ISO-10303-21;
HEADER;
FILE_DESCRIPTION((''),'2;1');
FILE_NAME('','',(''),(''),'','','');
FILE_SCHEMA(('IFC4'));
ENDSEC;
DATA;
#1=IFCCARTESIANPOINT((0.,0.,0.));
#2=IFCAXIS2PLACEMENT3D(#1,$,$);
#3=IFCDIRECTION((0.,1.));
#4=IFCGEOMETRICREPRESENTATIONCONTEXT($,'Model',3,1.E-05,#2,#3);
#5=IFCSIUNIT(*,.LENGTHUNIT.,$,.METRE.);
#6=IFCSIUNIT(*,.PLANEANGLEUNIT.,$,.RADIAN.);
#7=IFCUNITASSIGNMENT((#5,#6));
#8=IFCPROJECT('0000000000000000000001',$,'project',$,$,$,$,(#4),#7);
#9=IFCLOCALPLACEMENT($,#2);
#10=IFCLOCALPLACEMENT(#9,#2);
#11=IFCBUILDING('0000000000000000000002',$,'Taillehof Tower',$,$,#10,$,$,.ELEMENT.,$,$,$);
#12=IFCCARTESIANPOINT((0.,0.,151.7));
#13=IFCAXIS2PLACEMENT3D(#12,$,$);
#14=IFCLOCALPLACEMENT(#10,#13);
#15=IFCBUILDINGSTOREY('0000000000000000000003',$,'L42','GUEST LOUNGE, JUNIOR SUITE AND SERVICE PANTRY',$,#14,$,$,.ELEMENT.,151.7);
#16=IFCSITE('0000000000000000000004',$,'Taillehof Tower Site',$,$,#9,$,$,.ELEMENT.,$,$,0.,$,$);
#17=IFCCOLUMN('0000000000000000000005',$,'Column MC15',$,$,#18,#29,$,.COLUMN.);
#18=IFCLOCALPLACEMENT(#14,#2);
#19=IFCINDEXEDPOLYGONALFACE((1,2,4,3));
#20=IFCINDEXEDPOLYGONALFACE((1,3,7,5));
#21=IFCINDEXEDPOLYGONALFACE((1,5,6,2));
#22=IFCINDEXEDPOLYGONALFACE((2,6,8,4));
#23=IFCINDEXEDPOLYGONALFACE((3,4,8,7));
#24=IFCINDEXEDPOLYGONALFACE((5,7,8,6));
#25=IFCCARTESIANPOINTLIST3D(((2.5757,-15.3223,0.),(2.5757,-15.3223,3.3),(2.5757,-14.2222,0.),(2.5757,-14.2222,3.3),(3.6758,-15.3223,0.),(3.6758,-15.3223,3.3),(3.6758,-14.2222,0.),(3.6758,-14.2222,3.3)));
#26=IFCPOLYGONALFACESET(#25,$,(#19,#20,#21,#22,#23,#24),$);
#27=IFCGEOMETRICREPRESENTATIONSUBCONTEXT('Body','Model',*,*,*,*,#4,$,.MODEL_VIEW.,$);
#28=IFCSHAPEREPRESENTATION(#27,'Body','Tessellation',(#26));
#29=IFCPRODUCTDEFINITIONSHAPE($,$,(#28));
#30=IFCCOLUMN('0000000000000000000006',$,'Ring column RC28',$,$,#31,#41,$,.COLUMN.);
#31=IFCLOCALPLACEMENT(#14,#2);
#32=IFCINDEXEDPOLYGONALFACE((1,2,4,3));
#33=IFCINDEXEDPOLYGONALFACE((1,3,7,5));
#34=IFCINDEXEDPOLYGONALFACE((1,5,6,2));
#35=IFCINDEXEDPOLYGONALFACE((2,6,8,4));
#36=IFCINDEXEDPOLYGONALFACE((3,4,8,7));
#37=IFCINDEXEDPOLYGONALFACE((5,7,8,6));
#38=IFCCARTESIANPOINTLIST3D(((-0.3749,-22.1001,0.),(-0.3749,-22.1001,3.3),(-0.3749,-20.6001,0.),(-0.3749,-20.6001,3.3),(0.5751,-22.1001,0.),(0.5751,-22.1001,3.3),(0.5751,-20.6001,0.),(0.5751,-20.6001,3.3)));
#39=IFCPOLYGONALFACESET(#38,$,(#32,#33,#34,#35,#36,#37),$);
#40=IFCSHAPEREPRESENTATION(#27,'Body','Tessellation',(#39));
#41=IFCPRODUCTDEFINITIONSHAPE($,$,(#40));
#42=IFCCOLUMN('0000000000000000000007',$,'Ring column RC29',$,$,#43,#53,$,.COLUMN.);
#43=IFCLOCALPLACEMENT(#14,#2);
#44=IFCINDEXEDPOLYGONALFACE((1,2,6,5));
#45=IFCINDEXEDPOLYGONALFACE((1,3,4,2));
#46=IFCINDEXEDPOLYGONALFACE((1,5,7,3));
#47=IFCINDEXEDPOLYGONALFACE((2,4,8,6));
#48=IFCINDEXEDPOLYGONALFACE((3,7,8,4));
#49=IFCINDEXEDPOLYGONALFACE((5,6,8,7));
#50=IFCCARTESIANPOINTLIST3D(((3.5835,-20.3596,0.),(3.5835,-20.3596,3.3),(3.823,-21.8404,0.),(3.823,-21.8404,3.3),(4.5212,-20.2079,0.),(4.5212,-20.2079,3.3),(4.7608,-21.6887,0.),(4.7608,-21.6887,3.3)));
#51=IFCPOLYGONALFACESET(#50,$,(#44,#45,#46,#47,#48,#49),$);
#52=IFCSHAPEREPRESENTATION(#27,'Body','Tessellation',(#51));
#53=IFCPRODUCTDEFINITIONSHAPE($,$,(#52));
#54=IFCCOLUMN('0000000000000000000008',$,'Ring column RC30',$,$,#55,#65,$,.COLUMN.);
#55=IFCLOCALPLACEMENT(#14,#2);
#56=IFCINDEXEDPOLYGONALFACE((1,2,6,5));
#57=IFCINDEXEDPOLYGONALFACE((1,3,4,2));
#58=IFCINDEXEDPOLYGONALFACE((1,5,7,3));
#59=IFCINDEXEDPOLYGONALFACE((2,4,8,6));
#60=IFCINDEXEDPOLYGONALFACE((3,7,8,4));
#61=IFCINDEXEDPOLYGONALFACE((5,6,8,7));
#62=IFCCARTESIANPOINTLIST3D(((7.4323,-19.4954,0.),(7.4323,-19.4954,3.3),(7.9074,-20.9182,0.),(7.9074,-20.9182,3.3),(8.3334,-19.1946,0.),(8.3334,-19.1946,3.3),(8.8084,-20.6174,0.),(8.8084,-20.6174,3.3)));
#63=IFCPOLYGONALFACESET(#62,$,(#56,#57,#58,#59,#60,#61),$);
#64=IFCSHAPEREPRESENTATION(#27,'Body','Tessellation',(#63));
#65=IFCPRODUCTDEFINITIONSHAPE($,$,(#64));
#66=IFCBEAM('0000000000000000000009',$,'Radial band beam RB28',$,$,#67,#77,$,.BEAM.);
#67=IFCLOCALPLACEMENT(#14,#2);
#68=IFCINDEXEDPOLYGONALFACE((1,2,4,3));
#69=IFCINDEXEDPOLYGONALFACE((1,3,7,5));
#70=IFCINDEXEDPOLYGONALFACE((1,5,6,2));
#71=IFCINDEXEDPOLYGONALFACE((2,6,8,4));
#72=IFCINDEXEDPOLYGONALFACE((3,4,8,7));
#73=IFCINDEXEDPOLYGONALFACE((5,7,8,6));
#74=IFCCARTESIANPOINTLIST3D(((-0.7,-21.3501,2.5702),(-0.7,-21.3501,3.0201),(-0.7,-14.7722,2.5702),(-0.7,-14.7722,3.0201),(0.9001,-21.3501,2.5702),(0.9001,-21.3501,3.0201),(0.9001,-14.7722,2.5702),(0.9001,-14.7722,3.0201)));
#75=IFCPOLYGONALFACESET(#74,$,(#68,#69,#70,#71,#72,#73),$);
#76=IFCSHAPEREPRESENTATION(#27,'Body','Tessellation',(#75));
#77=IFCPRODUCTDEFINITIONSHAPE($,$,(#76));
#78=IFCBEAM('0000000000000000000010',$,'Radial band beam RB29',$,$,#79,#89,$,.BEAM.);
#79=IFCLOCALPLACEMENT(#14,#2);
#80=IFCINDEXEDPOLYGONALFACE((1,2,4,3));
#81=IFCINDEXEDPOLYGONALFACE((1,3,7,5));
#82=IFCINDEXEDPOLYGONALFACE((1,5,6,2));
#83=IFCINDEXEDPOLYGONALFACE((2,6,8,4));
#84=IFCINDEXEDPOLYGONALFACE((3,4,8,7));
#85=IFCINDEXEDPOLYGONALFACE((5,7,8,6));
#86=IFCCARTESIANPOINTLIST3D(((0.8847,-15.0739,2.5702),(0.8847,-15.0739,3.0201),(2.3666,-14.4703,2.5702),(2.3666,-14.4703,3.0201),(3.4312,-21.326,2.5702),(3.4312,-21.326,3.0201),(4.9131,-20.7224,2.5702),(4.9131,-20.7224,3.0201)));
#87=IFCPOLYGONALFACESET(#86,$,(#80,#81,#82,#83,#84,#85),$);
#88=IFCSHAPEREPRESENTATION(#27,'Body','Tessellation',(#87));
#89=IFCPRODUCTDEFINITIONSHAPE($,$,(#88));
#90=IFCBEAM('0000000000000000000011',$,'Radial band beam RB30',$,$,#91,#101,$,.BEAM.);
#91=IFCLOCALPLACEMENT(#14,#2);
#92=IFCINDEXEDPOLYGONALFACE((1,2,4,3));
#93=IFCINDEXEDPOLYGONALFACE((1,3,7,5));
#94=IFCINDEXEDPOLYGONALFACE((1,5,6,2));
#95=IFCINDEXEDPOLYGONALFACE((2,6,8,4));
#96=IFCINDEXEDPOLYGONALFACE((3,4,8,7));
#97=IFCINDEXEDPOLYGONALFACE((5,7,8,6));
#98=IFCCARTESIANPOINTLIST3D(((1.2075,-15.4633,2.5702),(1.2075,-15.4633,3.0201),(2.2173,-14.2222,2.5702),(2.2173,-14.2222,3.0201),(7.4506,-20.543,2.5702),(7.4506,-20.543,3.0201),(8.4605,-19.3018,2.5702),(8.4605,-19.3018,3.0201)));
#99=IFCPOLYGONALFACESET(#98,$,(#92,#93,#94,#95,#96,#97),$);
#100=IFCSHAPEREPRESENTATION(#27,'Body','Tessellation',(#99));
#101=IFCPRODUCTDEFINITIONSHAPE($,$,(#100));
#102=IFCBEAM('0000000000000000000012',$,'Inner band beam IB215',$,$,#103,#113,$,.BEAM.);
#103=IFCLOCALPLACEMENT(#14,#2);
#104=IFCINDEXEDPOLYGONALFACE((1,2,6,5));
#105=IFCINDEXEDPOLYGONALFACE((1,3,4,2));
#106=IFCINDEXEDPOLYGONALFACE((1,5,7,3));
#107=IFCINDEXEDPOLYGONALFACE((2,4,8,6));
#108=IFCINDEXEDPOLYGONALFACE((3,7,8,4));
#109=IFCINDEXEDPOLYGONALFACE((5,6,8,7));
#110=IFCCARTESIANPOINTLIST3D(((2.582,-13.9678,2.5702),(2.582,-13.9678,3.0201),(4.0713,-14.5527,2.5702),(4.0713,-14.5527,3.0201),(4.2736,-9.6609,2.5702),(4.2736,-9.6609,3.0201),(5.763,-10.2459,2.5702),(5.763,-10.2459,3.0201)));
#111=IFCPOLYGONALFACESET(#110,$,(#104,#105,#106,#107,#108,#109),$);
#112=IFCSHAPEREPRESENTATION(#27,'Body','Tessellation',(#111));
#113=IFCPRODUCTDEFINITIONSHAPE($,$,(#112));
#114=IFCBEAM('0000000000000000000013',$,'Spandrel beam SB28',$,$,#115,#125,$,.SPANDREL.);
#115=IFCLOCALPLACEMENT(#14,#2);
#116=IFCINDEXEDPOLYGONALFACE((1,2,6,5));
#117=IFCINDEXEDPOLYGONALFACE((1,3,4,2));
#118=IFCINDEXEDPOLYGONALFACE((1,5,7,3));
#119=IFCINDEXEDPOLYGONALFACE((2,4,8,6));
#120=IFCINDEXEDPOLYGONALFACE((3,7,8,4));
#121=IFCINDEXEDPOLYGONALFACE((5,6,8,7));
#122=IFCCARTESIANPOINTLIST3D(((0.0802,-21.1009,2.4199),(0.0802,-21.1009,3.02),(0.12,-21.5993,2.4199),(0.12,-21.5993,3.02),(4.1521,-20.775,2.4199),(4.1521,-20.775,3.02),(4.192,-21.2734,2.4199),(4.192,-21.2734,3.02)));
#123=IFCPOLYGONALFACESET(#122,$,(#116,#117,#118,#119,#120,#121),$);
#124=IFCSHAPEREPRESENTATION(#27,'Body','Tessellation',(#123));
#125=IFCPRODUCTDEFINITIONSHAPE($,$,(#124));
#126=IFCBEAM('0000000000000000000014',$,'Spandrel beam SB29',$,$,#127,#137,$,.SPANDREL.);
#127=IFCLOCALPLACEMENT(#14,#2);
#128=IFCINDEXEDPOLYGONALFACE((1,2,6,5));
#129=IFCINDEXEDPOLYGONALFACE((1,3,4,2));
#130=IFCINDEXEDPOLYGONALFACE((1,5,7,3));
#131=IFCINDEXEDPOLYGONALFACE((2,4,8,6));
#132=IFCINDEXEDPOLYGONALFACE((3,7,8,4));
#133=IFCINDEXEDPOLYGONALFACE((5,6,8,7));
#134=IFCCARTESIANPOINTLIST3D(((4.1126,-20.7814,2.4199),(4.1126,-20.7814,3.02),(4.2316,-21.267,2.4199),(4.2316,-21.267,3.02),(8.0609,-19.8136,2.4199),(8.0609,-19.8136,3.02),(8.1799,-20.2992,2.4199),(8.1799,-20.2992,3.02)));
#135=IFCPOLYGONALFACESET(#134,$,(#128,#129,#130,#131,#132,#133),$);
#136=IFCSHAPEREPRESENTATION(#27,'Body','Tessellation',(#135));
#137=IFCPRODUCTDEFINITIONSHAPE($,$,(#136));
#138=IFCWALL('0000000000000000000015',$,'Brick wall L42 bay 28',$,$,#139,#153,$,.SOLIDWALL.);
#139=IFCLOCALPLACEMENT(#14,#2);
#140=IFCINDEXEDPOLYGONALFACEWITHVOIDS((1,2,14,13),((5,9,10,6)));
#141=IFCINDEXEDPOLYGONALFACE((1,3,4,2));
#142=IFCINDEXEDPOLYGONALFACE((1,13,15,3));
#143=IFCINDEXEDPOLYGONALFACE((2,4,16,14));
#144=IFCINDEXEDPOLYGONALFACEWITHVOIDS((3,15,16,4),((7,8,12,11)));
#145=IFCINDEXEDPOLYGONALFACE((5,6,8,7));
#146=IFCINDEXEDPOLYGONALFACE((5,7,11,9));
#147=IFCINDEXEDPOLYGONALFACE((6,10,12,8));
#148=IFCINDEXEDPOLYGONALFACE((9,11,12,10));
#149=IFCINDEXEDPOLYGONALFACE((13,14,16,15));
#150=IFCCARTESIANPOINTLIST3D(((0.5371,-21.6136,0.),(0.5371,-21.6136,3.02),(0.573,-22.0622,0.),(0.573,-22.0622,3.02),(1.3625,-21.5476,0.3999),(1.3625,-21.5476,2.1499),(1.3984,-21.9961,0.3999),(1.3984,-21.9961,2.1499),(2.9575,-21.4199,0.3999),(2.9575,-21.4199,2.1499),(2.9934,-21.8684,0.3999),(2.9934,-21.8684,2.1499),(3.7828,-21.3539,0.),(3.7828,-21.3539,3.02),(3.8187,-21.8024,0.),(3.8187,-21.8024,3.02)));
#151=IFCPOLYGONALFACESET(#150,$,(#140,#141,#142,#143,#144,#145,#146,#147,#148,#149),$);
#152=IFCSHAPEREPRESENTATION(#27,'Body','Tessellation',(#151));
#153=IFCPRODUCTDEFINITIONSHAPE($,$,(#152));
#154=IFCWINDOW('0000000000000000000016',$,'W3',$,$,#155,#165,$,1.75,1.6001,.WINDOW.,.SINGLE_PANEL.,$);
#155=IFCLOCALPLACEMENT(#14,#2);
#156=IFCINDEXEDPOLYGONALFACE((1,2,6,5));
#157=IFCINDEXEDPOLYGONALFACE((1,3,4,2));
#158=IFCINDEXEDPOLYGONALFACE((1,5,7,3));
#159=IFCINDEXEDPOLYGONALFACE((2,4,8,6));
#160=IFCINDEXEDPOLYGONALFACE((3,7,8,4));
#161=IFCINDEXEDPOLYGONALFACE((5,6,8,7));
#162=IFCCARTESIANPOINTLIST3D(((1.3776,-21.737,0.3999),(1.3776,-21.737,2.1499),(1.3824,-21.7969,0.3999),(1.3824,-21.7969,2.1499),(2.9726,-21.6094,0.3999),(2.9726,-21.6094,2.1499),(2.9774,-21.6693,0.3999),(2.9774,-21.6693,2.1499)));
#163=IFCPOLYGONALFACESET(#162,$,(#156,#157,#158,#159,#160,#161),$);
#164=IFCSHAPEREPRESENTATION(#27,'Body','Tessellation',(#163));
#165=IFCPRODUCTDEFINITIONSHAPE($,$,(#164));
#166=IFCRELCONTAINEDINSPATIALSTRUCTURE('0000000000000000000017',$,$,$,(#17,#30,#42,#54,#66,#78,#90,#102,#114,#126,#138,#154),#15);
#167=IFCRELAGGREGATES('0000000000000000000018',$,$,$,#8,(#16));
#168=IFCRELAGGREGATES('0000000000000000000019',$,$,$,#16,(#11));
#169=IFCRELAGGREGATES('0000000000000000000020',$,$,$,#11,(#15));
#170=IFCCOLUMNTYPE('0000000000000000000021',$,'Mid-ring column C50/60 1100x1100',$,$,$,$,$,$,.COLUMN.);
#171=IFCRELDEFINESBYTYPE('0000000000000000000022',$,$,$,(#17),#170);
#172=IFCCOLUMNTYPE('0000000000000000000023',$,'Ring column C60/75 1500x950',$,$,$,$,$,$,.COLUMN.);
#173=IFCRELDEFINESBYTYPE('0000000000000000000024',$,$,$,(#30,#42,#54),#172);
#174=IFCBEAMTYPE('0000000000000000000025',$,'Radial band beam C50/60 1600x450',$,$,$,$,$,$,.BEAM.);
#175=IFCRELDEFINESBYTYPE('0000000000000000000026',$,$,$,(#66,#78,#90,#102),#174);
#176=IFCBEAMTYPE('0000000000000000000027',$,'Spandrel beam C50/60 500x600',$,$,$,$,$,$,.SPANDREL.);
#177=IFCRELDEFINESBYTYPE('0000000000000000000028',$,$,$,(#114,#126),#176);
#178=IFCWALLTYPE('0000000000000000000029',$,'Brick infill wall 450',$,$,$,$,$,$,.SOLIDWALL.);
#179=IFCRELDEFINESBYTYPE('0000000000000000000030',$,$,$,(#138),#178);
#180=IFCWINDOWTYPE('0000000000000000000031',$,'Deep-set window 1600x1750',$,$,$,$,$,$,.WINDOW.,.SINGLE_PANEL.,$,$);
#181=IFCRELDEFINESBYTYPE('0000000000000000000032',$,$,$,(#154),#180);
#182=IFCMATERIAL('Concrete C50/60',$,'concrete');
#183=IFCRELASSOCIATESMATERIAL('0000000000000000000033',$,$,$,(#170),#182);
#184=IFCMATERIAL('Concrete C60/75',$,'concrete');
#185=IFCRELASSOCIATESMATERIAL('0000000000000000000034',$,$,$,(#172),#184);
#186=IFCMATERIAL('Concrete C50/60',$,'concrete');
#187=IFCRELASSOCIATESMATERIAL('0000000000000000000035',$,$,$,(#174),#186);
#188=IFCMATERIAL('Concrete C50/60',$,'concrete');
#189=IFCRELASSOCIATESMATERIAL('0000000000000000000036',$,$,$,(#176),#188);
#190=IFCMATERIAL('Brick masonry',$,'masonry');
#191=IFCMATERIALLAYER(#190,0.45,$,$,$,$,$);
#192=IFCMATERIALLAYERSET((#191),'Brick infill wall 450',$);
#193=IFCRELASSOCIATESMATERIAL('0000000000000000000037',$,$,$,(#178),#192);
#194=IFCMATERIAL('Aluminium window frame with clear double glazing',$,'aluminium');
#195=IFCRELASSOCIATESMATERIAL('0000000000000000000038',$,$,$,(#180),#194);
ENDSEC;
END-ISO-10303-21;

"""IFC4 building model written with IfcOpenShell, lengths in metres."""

from ifc_helpers import new_model, si_unit, direction, frame, frame_2d, origin, origin_2d, place, context, subcontext, project, spatial, rectangle, extrude, material, layer, layer_set, material_profile, profile_set, type_object, element, fill, save


model = new_model("IFC4")

# Units and contexts
model_context = context("Model", 3, precision=1e-05, world=origin(), true_north=direction((0.0, 1.0)))
body_context = subcontext(model_context, "Body", "Model", "MODEL_VIEW")
ifc_project = project(units=[si_unit("LENGTHUNIT", "METRE"), si_unit("PLANEANGLEUNIT", "RADIAN")], contexts=[model_context])

# Site, building, storey
site_placement = place(None, origin())
site = spatial("IfcSite", under=ifc_project, at=site_placement, Name="Taillehof Tower Site", CompositionType="ELEMENT", RefElevation=0.0)
building_placement = place(site_placement, origin())
building = spatial("IfcBuilding", under=site, at=building_placement, Name="Taillehof Tower", CompositionType="ELEMENT")
storey_placement = place(building_placement, frame((0.0, 0.0, 151.7)))
storey = spatial("IfcBuildingStorey", under=building, at=storey_placement, Name="L42", Description="GUEST LOUNGE, JUNIOR SUITE AND SERVICE PANTRY", CompositionType="ELEMENT", Elevation=151.7)

# Columns
ifc_material_1 = material(Name="Concrete C50/60", Category="concrete")
ifc_material_profile_1 = material_profile(ifc_material_1, rectangle(XDim=1.1001, YDim=1.1001, at=origin_2d()), Name="RC 1100x1100")
ifc_profile_set_1 = profile_set([ifc_material_profile_1], Name="Concrete C50/60")
column_type_1 = type_object("IfcColumnType", Name="Mid-ring column C50/60 1100x1100", PredefinedType="COLUMN", material=ifc_profile_set_1)
column_placement = place(storey_placement, frame((3.1257, -14.7722, 0.0), z_axis=(0.0, 0.0, 1.0), x_axis=(1.0, 0.0, 0.0)))
element("IfcColumn", 1, at=column_placement, inside=storey, type_object=column_type_1, Name="Column MC15", PredefinedType="COLUMN", context=body_context, shape_type="SweptSolid", body=[
    extrude(rectangle(XDim=1.1001, YDim=1.1001, at=origin_2d()), origin(), (0.0, 0.0, 1.0), 3.3),
])
ifc_material_2 = material(Name="Concrete C60/75", Category="concrete")
ifc_material_profile_2 = material_profile(ifc_material_2, rectangle(XDim=1.5, YDim=0.95, at=origin_2d()), Name="RC 1500x950")
ifc_profile_set_2 = profile_set([ifc_material_profile_2], Name="Concrete C60/75")
column_type_2 = type_object("IfcColumnType", Name="Ring column C60/75 1500x950", PredefinedType="COLUMN", material=ifc_profile_set_2)
for number, where, z_axis, x_axis, name in (
    (2, (0.1001, -21.3501, 0.0), (0.0, 0.0, 1.0), (0.0, -1.0, 0.0), "Ring column RC28"),
    (3, (4.1721, -21.0242, 0.0), (0.0, 0.0, 1.0), (0.159679, -0.987169, 0.0), "Ring column RC29"),
    (4, (8.1204, -20.0564, 0.0), (0.0, 0.0, 1.0), (0.316703, -0.948525, 0.0), "Ring column RC30"),
):
    element("IfcColumn", number, at=place(storey_placement, frame(where, z_axis=z_axis, x_axis=x_axis)), inside=storey, type_object=column_type_2, Name=name, PredefinedType="COLUMN", context=body_context, shape_type="SweptSolid", body=[
        extrude(rectangle(XDim=1.5, YDim=0.95, at=origin_2d()), origin(), (0.0, 0.0, 1.0), 3.3),
    ])

# Beams
ifc_material_3 = material(Name="Concrete C50/60", Category="concrete")
ifc_material_profile_3 = material_profile(ifc_material_3, rectangle(XDim=1.6001, YDim=0.45, at=origin_2d()), Name="RC 1600x450")
ifc_profile_set_3 = profile_set([ifc_material_profile_3], Name="Concrete C50/60")
beam_type_1 = type_object("IfcBeamType", Name="Radial band beam C50/60 1600x450", PredefinedType="BEAM", material=ifc_profile_set_3)
beam_1_placement = place(storey_placement, frame((0.1001, -21.3501, 2.7952), z_axis=(0.0, 1.0, 0.0), x_axis=(-1.0, 0.0, 0.0)))
element("IfcBeam", 5, at=beam_1_placement, inside=storey, type_object=beam_type_1, Name="Radial band beam RB28", PredefinedType="BEAM", context=body_context, shape_type="SweptSolid", body=[
    extrude(rectangle(XDim=1.6001, YDim=0.45, at=origin_2d()), origin(), (0.0, 0.0, 1.0), 6.5779),
])
beam_2_placement = place(storey_placement, frame((4.1721, -21.0242, 2.7952), z_axis=(-0.377207, 0.926129, 0.0), x_axis=(-0.926129, -0.377207, 0.0)))
element("IfcBeam", 6, at=beam_2_placement, inside=storey, type_object=beam_type_1, Name="Radial band beam RB29", PredefinedType="BEAM", context=body_context, shape_type="SweptSolid", body=[
    extrude(rectangle(XDim=1.6001, YDim=0.45, at=origin_2d()), origin(), (0.0, 0.0, 1.0), 6.7507),
])
beam_3_placement = place(storey_placement, frame((7.9556, -19.9224, 2.7952), z_axis=(-0.775687, 0.631118, 0.0), x_axis=(-0.631118, -0.775687, 0.0)))
element("IfcBeam", 7, at=beam_3_placement, inside=storey, type_object=beam_type_1, Name="Radial band beam RB30", PredefinedType="BEAM", context=body_context, shape_type="SweptSolid", body=[
    extrude(rectangle(XDim=1.6001, YDim=0.45, at=origin_2d()), origin(), (0.0, 0.0, 1.0), 8.0486),
])
beam_4_placement = place(storey_placement, frame((3.3267, -14.2603, 2.7952), z_axis=(0.365589, 0.930777, 0.0), x_axis=(-0.930777, 0.365589, 0.0)))
element("IfcBeam", 8, at=beam_4_placement, inside=storey, type_object=beam_type_1, Name="Inner band beam IB215", PredefinedType="BEAM", context=body_context, shape_type="SweptSolid", body=[
    extrude(rectangle(XDim=1.6001, YDim=0.45, at=origin_2d()), origin(), (0.0, 0.0, 1.0), 4.6272),
])
ifc_material_4 = material(Name="Concrete C50/60", Category="concrete")
ifc_material_profile_4 = material_profile(ifc_material_4, rectangle(XDim=0.5, YDim=0.6001, at=origin_2d()), Name="RC 500x600")
ifc_profile_set_4 = profile_set([ifc_material_profile_4], Name="Concrete C50/60")
beam_type_2 = type_object("IfcBeamType", Name="Spandrel beam C50/60 500x600", PredefinedType="SPANDREL", material=ifc_profile_set_4)
beam_5_placement = place(storey_placement, frame((0.1001, -21.3501, 2.72), z_axis=(0.996812, 0.079786, 0.0), x_axis=(-0.079786, 0.996812, 0.0)))
element("IfcBeam", 9, at=beam_5_placement, inside=storey, type_object=beam_type_2, Name="Spandrel beam SB28", PredefinedType="SPANDREL", context=body_context, shape_type="SweptSolid", body=[
    extrude(rectangle(XDim=0.5, YDim=0.6001, at=origin_2d()), origin(), (0.0, 0.0, 1.0), 4.085),
])
beam_6_placement = place(storey_placement, frame((4.1721, -21.0242, 2.72), z_axis=(0.971249, 0.238068, 0.0), x_axis=(-0.238068, 0.971249, 0.0)))
element("IfcBeam", 10, at=beam_6_placement, inside=storey, type_object=beam_type_2, Name="Spandrel beam SB29", PredefinedType="SPANDREL", context=body_context, shape_type="SweptSolid", body=[
    extrude(rectangle(XDim=0.5, YDim=0.6001, at=origin_2d()), origin(), (0.0, 0.0, 1.0), 4.0652),
])

# Wall, opening, window
ifc_material_5 = material(Name="Brick masonry", Category="masonry")
ifc_layer_1 = layer(ifc_material_5, 0.45)
ifc_layer_set_1 = layer_set([ifc_layer_1], Name="Brick infill wall 450")
wall_type_1 = type_object("IfcWallType", Name="Brick infill wall 450", PredefinedType="SOLIDWALL", material=ifc_layer_set_1)
wall_1_placement = place(storey_placement, frame((0.5552, -21.8379, 0.0), z_axis=(0.0, 0.0, 1.0), x_axis=(0.996812, 0.079781, 0.0)))
wall_1 = element("IfcWall", 11, at=wall_1_placement, inside=storey, type_object=wall_type_1, Name="Brick wall L42 bay 28", PredefinedType="SOLIDWALL", context=body_context, shape_type="SweptSolid", body=[
    extrude(rectangle(XDim=3.2561, YDim=0.45, at=frame_2d((1.6279, 0.0))), origin(), (0.0, 0.0, 1.0), 3.02),
])
opening_1_placement = place(wall_1_placement, frame((0.8279, 0.0, 0.3999)))
opening_1 = element("IfcOpeningElement", 12, at=opening_1_placement, cuts=wall_1, PredefinedType="OPENING", context=body_context, shape_type="SweptSolid", body=[
    extrude(rectangle(XDim=1.6001, YDim=1.75, at=frame_2d((0.8, 0.875))), frame((0.0, 0.2349, 0.0), z_axis=(0.0, -1.0, 0.0), x_axis=(1.0, 0.0, 0.0)), (0.0, 0.0, 1.0), 0.47),
])
ifc_material_6 = material(Name="Aluminium window frame with clear double glazing", Category="aluminium")
window_type = type_object("IfcWindowType", Name="Deep-set window 1600x1750", PartitioningType="SINGLE_PANEL", PredefinedType="WINDOW", material=ifc_material_6)
window_1_placement = place(opening_1_placement, origin())
window_1 = element("IfcWindow", 13, at=window_1_placement, inside=storey, type_object=window_type, Name="W3", OverallHeight=1.75, OverallWidth=1.6001, PartitioningType="SINGLE_PANEL", PredefinedType="WINDOW", context=body_context, shape_type="SweptSolid", body=[
    extrude(rectangle(XDim=1.6001, YDim=1.75, at=frame_2d((0.8, 0.875))), frame((0.0, 0.0349, 0.0), z_axis=(0.0, -1.0, 0.0), x_axis=(1.0, 0.0, 0.0)), (0.0, 0.0, 1.0), 0.0601),
])
fill(opening_1, window_1)

save(model, "model.ifc")
